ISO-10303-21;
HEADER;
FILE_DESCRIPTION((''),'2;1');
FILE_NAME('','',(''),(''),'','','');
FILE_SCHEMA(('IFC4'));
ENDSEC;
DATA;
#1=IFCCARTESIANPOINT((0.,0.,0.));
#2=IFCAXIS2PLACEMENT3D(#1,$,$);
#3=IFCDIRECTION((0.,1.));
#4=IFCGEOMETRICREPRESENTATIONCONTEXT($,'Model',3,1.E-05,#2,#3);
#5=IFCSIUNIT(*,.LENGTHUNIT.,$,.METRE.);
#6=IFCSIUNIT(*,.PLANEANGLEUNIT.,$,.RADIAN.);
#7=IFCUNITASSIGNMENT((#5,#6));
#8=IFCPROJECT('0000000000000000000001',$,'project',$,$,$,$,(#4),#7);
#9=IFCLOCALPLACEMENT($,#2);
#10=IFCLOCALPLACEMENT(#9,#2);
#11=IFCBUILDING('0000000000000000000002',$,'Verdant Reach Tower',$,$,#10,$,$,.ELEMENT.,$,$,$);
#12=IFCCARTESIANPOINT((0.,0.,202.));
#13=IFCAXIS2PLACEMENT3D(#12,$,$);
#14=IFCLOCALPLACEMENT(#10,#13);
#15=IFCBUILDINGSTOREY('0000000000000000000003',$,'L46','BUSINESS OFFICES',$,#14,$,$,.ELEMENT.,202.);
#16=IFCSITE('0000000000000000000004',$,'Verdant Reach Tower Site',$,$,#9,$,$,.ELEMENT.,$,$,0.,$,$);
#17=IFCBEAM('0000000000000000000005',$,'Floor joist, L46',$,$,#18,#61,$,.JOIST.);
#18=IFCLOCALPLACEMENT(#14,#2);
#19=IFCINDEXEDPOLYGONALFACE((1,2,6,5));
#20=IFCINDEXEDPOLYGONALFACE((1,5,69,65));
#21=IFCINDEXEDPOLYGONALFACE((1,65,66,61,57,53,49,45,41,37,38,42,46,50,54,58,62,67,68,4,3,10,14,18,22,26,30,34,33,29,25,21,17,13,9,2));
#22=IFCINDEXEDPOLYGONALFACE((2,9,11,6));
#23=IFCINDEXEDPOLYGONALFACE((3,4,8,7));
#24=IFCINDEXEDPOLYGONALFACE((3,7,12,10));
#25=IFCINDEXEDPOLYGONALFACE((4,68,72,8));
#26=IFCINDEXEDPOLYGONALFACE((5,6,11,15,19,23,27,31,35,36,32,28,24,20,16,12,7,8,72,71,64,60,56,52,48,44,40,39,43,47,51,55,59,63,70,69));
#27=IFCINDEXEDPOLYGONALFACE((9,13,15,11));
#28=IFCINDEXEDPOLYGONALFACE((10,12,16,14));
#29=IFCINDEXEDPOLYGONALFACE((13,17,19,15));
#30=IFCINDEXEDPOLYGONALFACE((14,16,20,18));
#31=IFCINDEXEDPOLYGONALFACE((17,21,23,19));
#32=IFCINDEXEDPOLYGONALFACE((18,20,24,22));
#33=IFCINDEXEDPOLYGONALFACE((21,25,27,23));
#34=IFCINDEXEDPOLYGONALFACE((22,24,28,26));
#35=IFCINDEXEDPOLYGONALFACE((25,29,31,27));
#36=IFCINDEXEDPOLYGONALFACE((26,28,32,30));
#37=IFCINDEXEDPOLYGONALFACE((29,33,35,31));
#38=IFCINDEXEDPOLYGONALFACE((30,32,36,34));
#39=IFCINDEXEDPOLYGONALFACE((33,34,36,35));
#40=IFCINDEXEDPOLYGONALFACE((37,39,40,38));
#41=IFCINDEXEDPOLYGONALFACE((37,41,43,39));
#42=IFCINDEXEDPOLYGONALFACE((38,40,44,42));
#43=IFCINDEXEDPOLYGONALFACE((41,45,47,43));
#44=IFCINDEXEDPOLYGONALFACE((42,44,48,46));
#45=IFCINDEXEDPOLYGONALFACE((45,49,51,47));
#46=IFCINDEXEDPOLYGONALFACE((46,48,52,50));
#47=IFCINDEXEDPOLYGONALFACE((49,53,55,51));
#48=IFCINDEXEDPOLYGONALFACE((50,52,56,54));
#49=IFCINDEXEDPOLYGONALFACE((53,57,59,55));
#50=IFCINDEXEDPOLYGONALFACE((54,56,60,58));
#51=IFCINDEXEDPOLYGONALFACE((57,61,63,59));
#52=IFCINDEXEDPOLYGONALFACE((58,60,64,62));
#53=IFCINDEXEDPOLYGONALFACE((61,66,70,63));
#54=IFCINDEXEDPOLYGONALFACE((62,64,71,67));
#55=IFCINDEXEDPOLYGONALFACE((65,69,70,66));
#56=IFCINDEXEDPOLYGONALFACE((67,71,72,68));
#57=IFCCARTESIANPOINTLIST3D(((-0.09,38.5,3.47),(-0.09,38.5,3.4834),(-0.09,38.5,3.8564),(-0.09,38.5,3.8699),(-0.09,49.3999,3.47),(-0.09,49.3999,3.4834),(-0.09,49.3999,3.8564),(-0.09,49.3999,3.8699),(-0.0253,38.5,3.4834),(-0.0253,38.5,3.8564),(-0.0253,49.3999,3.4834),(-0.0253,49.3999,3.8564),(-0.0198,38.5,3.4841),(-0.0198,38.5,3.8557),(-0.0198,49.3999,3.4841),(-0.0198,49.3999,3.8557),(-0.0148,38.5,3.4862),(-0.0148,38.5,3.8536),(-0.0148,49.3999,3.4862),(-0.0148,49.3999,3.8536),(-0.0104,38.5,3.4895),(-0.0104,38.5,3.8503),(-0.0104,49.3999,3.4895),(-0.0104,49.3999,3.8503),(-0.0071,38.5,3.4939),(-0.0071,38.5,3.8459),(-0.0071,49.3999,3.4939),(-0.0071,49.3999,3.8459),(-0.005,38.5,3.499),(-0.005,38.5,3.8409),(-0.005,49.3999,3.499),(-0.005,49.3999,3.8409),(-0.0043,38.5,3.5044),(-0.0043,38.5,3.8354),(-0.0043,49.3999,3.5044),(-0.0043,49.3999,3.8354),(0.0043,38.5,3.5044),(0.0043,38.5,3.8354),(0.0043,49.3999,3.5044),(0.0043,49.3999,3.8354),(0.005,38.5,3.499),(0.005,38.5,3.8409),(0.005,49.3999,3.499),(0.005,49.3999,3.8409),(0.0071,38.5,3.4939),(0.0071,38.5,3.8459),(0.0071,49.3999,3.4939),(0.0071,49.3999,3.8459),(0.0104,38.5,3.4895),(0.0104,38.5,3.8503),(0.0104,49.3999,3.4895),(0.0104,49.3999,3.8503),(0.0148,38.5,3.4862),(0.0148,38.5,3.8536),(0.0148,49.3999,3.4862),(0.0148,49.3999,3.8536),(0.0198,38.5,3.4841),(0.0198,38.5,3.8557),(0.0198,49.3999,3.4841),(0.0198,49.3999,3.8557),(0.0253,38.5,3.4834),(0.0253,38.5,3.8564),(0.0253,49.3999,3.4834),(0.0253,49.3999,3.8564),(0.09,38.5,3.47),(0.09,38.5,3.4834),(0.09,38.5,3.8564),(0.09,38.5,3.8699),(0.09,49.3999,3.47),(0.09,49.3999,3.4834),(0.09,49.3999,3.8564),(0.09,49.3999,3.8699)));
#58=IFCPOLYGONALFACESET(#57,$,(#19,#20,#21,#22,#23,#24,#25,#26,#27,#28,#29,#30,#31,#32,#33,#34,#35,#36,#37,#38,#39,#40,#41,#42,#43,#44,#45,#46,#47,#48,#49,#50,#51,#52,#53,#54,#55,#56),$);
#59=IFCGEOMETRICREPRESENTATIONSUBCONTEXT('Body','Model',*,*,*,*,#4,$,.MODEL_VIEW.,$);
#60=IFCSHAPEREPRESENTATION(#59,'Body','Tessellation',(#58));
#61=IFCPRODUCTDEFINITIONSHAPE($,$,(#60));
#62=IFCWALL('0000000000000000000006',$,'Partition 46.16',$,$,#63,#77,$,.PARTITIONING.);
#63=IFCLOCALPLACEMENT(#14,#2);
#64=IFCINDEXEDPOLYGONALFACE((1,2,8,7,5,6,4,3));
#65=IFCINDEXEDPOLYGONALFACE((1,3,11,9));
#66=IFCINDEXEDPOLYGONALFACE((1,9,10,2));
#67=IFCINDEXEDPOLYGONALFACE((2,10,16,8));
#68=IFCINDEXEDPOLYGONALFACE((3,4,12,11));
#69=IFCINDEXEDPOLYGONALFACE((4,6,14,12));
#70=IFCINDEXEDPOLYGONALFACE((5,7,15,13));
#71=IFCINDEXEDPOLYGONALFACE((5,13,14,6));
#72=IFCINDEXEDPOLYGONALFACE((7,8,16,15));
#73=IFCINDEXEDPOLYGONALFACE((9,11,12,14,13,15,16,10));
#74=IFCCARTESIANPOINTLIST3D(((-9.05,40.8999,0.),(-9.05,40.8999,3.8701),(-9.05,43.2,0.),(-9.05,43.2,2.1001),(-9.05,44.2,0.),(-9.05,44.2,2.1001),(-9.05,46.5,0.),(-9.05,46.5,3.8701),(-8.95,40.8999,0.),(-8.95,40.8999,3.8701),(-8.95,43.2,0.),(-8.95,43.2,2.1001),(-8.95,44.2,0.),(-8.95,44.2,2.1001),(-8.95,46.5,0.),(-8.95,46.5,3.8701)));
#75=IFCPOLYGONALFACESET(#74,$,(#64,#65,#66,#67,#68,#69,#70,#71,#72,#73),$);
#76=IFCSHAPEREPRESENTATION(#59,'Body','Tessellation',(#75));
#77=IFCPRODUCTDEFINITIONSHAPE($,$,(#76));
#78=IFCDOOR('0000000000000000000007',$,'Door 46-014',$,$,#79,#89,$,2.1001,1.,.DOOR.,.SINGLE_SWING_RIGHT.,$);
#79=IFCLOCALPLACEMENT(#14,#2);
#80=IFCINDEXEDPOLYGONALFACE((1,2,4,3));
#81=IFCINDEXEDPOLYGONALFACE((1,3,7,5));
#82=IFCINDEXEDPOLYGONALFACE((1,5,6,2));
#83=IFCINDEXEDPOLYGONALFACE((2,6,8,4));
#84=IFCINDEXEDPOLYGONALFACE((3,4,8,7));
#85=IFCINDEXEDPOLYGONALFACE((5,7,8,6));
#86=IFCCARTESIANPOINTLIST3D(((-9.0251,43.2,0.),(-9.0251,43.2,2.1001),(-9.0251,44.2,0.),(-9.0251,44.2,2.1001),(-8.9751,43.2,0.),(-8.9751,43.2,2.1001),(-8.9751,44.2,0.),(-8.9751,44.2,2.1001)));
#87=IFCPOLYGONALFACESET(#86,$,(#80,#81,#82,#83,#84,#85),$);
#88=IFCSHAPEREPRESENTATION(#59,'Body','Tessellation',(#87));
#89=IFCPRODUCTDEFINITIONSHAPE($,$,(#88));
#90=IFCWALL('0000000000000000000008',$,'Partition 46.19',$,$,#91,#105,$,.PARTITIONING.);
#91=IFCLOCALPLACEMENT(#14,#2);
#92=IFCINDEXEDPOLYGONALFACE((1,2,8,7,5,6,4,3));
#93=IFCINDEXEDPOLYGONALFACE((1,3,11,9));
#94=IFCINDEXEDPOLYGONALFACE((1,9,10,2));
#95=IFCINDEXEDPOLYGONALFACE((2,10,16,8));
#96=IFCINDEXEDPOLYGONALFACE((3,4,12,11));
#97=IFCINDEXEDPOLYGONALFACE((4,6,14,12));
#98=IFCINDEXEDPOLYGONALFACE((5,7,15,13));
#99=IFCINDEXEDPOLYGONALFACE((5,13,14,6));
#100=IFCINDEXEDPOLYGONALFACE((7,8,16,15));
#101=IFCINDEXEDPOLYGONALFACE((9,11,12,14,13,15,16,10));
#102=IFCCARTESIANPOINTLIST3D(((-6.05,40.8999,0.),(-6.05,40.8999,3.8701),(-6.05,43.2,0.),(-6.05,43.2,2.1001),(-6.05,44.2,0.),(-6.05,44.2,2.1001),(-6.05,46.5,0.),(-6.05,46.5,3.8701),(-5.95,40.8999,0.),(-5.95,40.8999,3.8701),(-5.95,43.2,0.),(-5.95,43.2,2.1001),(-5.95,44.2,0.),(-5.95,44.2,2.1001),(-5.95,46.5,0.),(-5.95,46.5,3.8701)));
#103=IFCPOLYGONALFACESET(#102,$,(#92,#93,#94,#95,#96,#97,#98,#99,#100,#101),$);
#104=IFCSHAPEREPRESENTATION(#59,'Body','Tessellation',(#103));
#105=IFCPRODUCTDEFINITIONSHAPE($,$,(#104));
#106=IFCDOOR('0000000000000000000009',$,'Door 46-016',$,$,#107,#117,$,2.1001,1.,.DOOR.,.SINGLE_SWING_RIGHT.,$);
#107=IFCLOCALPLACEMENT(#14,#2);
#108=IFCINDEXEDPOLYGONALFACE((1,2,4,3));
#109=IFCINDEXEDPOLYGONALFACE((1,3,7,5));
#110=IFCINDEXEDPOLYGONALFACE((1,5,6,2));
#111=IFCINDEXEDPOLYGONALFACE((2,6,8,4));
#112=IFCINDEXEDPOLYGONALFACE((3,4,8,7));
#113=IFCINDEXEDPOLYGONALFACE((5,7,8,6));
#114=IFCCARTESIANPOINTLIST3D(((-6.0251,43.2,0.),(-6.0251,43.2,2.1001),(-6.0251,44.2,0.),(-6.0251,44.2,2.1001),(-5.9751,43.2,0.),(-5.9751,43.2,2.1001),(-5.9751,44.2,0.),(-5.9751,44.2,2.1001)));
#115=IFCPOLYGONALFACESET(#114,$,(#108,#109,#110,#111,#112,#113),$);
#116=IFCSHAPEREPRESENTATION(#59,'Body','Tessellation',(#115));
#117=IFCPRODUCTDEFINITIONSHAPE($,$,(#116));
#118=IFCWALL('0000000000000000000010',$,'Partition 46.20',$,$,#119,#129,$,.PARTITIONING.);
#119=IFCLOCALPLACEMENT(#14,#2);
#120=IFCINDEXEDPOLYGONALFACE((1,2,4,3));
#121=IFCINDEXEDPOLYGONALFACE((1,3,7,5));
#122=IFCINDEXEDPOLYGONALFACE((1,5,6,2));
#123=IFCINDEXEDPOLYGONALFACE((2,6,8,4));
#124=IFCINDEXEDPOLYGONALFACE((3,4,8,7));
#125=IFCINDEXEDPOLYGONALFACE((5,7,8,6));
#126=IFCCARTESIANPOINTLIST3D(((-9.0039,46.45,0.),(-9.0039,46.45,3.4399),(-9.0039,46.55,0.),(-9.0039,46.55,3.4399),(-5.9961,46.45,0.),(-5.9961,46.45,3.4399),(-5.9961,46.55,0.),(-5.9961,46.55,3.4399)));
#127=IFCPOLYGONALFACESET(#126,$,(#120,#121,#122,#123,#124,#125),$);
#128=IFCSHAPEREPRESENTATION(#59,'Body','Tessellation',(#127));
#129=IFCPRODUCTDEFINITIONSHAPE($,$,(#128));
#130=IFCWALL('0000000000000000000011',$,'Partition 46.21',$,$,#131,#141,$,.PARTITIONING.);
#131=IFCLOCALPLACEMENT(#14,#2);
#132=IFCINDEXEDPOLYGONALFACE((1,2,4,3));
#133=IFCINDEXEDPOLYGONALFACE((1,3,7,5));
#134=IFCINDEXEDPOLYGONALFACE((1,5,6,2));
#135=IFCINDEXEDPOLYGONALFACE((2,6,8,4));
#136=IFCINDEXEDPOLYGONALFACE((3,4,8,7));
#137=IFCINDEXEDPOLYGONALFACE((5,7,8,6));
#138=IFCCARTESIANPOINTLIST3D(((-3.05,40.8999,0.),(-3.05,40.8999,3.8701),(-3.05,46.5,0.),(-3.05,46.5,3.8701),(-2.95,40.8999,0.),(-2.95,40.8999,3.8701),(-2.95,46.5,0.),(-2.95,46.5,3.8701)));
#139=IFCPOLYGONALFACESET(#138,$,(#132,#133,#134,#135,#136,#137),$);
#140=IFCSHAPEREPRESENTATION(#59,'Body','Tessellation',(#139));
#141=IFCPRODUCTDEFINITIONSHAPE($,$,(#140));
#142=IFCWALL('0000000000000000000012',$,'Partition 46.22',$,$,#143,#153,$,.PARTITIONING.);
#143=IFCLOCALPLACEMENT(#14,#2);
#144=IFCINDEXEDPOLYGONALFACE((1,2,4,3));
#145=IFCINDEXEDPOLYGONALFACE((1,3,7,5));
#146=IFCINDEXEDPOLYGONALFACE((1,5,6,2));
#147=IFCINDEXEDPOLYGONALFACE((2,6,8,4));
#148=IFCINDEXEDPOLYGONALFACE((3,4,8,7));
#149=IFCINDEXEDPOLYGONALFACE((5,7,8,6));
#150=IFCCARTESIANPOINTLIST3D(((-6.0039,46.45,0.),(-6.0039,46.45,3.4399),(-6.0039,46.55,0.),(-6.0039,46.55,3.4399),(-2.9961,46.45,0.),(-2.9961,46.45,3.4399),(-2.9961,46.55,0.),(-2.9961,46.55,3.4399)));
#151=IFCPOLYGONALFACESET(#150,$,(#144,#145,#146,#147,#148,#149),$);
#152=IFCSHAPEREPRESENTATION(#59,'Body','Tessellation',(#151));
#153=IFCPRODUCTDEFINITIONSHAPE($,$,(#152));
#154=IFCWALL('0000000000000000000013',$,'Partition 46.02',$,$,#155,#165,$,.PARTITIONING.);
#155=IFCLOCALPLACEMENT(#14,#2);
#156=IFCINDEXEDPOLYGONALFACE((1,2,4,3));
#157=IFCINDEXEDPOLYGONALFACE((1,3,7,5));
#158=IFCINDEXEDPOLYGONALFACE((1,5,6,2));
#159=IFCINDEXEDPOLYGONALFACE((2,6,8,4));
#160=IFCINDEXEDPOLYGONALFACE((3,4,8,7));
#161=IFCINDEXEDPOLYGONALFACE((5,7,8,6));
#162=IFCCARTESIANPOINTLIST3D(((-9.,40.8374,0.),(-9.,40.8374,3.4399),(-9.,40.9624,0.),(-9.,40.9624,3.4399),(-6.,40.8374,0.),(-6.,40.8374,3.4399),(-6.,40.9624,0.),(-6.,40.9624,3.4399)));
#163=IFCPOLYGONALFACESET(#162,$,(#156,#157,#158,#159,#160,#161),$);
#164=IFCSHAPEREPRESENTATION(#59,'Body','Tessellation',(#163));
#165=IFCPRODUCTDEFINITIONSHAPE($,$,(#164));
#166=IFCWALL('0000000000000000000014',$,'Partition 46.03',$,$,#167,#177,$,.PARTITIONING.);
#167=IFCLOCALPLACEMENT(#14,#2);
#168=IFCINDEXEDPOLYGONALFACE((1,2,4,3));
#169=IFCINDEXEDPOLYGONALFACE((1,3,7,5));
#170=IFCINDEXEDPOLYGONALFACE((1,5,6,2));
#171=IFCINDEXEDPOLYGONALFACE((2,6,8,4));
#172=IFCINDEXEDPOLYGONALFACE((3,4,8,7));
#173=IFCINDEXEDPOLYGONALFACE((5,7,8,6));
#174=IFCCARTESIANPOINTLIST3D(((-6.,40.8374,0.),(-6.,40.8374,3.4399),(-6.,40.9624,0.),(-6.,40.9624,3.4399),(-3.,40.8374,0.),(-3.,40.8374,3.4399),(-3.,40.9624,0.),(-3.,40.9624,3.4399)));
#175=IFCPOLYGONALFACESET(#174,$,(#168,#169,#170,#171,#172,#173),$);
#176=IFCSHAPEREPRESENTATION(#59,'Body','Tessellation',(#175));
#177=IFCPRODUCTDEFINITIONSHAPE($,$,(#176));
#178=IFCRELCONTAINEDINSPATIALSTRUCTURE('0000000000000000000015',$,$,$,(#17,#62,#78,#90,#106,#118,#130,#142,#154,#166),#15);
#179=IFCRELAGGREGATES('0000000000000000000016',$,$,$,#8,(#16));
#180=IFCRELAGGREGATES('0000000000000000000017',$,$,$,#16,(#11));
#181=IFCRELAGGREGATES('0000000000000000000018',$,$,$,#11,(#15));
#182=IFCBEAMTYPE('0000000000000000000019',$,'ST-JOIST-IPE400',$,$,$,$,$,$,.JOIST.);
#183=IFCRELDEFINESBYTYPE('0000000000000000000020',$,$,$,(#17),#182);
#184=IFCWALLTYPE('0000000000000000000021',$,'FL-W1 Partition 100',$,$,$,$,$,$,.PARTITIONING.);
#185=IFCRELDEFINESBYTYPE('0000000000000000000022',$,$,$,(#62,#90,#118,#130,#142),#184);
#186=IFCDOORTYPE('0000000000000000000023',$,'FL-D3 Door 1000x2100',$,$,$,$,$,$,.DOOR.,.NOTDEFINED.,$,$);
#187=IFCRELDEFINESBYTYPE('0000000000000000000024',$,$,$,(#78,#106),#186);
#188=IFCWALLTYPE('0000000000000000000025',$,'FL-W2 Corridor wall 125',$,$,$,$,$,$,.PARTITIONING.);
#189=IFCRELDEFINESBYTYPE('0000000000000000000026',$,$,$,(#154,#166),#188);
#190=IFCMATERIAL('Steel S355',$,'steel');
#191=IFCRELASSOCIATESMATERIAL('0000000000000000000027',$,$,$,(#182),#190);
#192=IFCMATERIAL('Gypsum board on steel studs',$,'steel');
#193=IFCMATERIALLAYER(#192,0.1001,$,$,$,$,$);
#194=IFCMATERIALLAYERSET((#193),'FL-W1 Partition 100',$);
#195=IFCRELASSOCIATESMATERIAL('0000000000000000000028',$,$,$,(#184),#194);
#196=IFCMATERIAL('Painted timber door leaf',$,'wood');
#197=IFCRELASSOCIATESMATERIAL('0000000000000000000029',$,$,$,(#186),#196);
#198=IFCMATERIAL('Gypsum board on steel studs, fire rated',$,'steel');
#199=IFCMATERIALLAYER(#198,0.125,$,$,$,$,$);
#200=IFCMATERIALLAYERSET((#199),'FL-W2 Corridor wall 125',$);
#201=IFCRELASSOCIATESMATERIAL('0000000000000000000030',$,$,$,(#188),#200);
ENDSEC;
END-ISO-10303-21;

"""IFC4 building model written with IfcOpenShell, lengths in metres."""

from ifc_helpers import new_model, si_unit, direction, frame, frame_2d, origin, origin_2d, place, context, subcontext, project, spatial, rectangle, i_section, extrude, material, layer, layer_set, material_profile, profile_set, type_object, element, fill, save


model = new_model("IFC4")

# Units and contexts
model_context = context("Model", 3, precision=1e-05, world=origin(), true_north=direction((0.0, 1.0)))
body_context = subcontext(model_context, "Body", "Model", "MODEL_VIEW")
ifc_project = project(units=[si_unit("LENGTHUNIT", "METRE"), si_unit("PLANEANGLEUNIT", "RADIAN")], contexts=[model_context])

# Site, building, storey
site_placement = place(None, origin())
site = spatial("IfcSite", under=ifc_project, at=site_placement, Name="Verdant Reach Tower Site", CompositionType="ELEMENT", RefElevation=0.0)
building_placement = place(site_placement, origin())
building = spatial("IfcBuilding", under=site, at=building_placement, Name="Verdant Reach Tower", CompositionType="ELEMENT")
storey_placement = place(building_placement, frame((0.0, 0.0, 202.0)))
storey = spatial("IfcBuildingStorey", under=building, at=storey_placement, Name="L46", Description="BUSINESS OFFICES", CompositionType="ELEMENT", Elevation=202.0)

# Beam
ifc_material_1 = material(Name="Steel S355", Category="steel")
ifc_material_profile_1 = material_profile(ifc_material_1, i_section(OverallWidth=0.1799, OverallDepth=0.3999, WebThickness=0.0085, FlangeThickness=0.0134, FilletRadius=0.021, at=origin_2d()), Name="IPE 400")
ifc_profile_set_1 = profile_set([ifc_material_profile_1], Name="Steel S355")
beam_type_1 = type_object("IfcBeamType", Name="ST-JOIST-IPE400", PredefinedType="JOIST", material=ifc_profile_set_1)
for number, where, z_axis, x_axis, name in (
    (1, (0.0, 38.5, 3.6699), (0.0, 1.0, 0.0), (-1.0, 0.0, 0.0), "Floor joist, L46"),
):
    element("IfcBeam", number, at=place(storey_placement, frame(where, z_axis=z_axis, x_axis=x_axis)), inside=storey, type_object=beam_type_1, Name=name, PredefinedType="JOIST", context=body_context, shape_type="SweptSolid", body=[
        extrude(i_section(OverallWidth=0.1799, OverallDepth=0.3999, WebThickness=0.0085, FlangeThickness=0.0134, FilletRadius=0.021, at=origin_2d()), origin(), (0.0, 0.0, 1.0), 10.8999),
    ])

# Walls, openings, doors
ifc_material_2 = material(Name="Gypsum board on steel studs", Category="steel")
ifc_layer_1 = layer(ifc_material_2, 0.1001)
ifc_layer_set_1 = layer_set([ifc_layer_1], Name="FL-W1 Partition 100")
wall_type_1 = type_object("IfcWallType", Name="FL-W1 Partition 100", PredefinedType="PARTITIONING", material=ifc_layer_set_1)
wall_1_placement = place(storey_placement, frame((-9.0, 46.5, 0.0), z_axis=(0.0, 0.0, 1.0), x_axis=(0.0, -1.0, 0.0)))
wall_1 = element("IfcWall", 2, at=wall_1_placement, inside=storey, type_object=wall_type_1, Name="Partition 46.16", PredefinedType="PARTITIONING", context=body_context, shape_type="SweptSolid", body=[
    extrude(rectangle(XDim=5.6001, YDim=0.1001, at=frame_2d((2.8, 0.0))), origin(), (0.0, 0.0, 1.0), 3.8701),
])
opening_1_placement = place(wall_1_placement, frame((2.3, 0.0, 0.0)))
opening_1 = element("IfcOpeningElement", 3, at=opening_1_placement, cuts=wall_1, PredefinedType="OPENING", context=body_context, shape_type="SweptSolid", body=[
    extrude(rectangle(XDim=1.0, YDim=2.1001, at=frame_2d((0.5, 1.05))), frame((0.0, 0.0601, 0.0), z_axis=(0.0, -1.0, 0.0), x_axis=(1.0, 0.0, 0.0)), (0.0, 0.0, 1.0), 0.1201),
])
ifc_material_3 = material(Name="Painted timber door leaf", Category="wood")
door_type_1 = type_object("IfcDoorType", Name="FL-D3 Door 1000x2100", OperationType="NOTDEFINED", PredefinedType="DOOR", material=ifc_material_3)
door_1_placement = place(opening_1_placement, origin())
door_1 = element("IfcDoor", 4, at=door_1_placement, inside=storey, type_object=door_type_1, Name="Door 46-014", OperationType="SINGLE_SWING_RIGHT", OverallHeight=2.1001, OverallWidth=1.0, PredefinedType="DOOR", context=body_context, shape_type="SweptSolid", body=[
    extrude(rectangle(XDim=1.0, YDim=2.1001, at=frame_2d((0.5, 1.05))), frame((0.0, 0.0249, 0.0), z_axis=(0.0, -1.0, 0.0), x_axis=(1.0, 0.0, 0.0)), (0.0, 0.0, 1.0), 0.05),
])
fill(opening_1, door_1)
wall_2_placement = place(storey_placement, frame((-6.0, 46.5, 0.0), z_axis=(0.0, 0.0, 1.0), x_axis=(0.0, -1.0, 0.0)))
wall_2 = element("IfcWall", 5, at=wall_2_placement, inside=storey, type_object=wall_type_1, Name="Partition 46.19", PredefinedType="PARTITIONING", context=body_context, shape_type="SweptSolid", body=[
    extrude(rectangle(XDim=5.6001, YDim=0.1001, at=frame_2d((2.8, 0.0))), origin(), (0.0, 0.0, 1.0), 3.8701),
])
opening_2_placement = place(wall_2_placement, frame((2.3, 0.0, 0.0)))
opening_2 = element("IfcOpeningElement", 6, at=opening_2_placement, cuts=wall_2, PredefinedType="OPENING", context=body_context, shape_type="SweptSolid", body=[
    extrude(rectangle(XDim=1.0, YDim=2.1001, at=frame_2d((0.5, 1.05))), frame((0.0, 0.0601, 0.0), z_axis=(0.0, -1.0, 0.0), x_axis=(1.0, 0.0, 0.0)), (0.0, 0.0, 1.0), 0.1201),
])
door_2_placement = place(opening_2_placement, origin())
door_2 = element("IfcDoor", 7, at=door_2_placement, inside=storey, type_object=door_type_1, Name="Door 46-016", OperationType="SINGLE_SWING_RIGHT", OverallHeight=2.1001, OverallWidth=1.0, PredefinedType="DOOR", context=body_context, shape_type="SweptSolid", body=[
    extrude(rectangle(XDim=1.0, YDim=2.1001, at=frame_2d((0.5, 1.05))), frame((0.0, 0.0249, 0.0), z_axis=(0.0, -1.0, 0.0), x_axis=(1.0, 0.0, 0.0)), (0.0, 0.0, 1.0), 0.05),
])
fill(opening_2, door_2)

# Walls
wall_3_placement = place(storey_placement, frame((-5.9961, 46.5, 0.0), z_axis=(0.0, 0.0, 1.0), x_axis=(-1.0, 0.0, 0.0)))
element("IfcWall", 8, at=wall_3_placement, inside=storey, type_object=wall_type_1, Name="Partition 46.20", PredefinedType="PARTITIONING", context=body_context, shape_type="SweptSolid", body=[
    extrude(rectangle(XDim=3.0078, YDim=0.1001, at=frame_2d((1.5039, 0.0))), origin(), (0.0, 0.0, 1.0), 3.4399),
])
wall_4_placement = place(storey_placement, frame((-3.0, 40.8999, 0.0), z_axis=(0.0, 0.0, 1.0), x_axis=(0.0, 1.0, 0.0)))
element("IfcWall", 9, at=wall_4_placement, inside=storey, type_object=wall_type_1, Name="Partition 46.21", PredefinedType="PARTITIONING", context=body_context, shape_type="SweptSolid", body=[
    extrude(rectangle(XDim=5.6001, YDim=0.1001, at=frame_2d((2.8, 0.0))), origin(), (0.0, 0.0, 1.0), 3.8701),
])
wall_5_placement = place(storey_placement, frame((-2.9961, 46.5, 0.0), z_axis=(0.0, 0.0, 1.0), x_axis=(-1.0, 0.0, 0.0)))
element("IfcWall", 10, at=wall_5_placement, inside=storey, type_object=wall_type_1, Name="Partition 46.22", PredefinedType="PARTITIONING", context=body_context, shape_type="SweptSolid", body=[
    extrude(rectangle(XDim=3.0078, YDim=0.1001, at=frame_2d((1.5039, 0.0))), origin(), (0.0, 0.0, 1.0), 3.4399),
])
ifc_material_4 = material(Name="Gypsum board on steel studs, fire rated", Category="steel")
ifc_layer_2 = layer(ifc_material_4, 0.125)
ifc_layer_set_2 = layer_set([ifc_layer_2], Name="FL-W2 Corridor wall 125")
wall_type_2 = type_object("IfcWallType", Name="FL-W2 Corridor wall 125", PredefinedType="PARTITIONING", material=ifc_layer_set_2)
for number, where, z_axis, x_axis, name in (
    (11, (-6.0, 40.8999, 0.0), (0.0, 0.0, 1.0), (-1.0, 0.0, 0.0), "Partition 46.02"),
    (12, (-3.0, 40.8999, 0.0), (0.0, 0.0, 1.0), (-1.0, 0.0, 0.0), "Partition 46.03"),
):
    element("IfcWall", number, at=place(storey_placement, frame(where, z_axis=z_axis, x_axis=x_axis)), inside=storey, type_object=wall_type_2, Name=name, PredefinedType="PARTITIONING", context=body_context, shape_type="SweptSolid", body=[
        extrude(rectangle(XDim=3.0, YDim=0.125, at=frame_2d((1.5, 0.0))), origin(), (0.0, 0.0, 1.0), 3.4399),
    ])

save(model, "model.ifc")
